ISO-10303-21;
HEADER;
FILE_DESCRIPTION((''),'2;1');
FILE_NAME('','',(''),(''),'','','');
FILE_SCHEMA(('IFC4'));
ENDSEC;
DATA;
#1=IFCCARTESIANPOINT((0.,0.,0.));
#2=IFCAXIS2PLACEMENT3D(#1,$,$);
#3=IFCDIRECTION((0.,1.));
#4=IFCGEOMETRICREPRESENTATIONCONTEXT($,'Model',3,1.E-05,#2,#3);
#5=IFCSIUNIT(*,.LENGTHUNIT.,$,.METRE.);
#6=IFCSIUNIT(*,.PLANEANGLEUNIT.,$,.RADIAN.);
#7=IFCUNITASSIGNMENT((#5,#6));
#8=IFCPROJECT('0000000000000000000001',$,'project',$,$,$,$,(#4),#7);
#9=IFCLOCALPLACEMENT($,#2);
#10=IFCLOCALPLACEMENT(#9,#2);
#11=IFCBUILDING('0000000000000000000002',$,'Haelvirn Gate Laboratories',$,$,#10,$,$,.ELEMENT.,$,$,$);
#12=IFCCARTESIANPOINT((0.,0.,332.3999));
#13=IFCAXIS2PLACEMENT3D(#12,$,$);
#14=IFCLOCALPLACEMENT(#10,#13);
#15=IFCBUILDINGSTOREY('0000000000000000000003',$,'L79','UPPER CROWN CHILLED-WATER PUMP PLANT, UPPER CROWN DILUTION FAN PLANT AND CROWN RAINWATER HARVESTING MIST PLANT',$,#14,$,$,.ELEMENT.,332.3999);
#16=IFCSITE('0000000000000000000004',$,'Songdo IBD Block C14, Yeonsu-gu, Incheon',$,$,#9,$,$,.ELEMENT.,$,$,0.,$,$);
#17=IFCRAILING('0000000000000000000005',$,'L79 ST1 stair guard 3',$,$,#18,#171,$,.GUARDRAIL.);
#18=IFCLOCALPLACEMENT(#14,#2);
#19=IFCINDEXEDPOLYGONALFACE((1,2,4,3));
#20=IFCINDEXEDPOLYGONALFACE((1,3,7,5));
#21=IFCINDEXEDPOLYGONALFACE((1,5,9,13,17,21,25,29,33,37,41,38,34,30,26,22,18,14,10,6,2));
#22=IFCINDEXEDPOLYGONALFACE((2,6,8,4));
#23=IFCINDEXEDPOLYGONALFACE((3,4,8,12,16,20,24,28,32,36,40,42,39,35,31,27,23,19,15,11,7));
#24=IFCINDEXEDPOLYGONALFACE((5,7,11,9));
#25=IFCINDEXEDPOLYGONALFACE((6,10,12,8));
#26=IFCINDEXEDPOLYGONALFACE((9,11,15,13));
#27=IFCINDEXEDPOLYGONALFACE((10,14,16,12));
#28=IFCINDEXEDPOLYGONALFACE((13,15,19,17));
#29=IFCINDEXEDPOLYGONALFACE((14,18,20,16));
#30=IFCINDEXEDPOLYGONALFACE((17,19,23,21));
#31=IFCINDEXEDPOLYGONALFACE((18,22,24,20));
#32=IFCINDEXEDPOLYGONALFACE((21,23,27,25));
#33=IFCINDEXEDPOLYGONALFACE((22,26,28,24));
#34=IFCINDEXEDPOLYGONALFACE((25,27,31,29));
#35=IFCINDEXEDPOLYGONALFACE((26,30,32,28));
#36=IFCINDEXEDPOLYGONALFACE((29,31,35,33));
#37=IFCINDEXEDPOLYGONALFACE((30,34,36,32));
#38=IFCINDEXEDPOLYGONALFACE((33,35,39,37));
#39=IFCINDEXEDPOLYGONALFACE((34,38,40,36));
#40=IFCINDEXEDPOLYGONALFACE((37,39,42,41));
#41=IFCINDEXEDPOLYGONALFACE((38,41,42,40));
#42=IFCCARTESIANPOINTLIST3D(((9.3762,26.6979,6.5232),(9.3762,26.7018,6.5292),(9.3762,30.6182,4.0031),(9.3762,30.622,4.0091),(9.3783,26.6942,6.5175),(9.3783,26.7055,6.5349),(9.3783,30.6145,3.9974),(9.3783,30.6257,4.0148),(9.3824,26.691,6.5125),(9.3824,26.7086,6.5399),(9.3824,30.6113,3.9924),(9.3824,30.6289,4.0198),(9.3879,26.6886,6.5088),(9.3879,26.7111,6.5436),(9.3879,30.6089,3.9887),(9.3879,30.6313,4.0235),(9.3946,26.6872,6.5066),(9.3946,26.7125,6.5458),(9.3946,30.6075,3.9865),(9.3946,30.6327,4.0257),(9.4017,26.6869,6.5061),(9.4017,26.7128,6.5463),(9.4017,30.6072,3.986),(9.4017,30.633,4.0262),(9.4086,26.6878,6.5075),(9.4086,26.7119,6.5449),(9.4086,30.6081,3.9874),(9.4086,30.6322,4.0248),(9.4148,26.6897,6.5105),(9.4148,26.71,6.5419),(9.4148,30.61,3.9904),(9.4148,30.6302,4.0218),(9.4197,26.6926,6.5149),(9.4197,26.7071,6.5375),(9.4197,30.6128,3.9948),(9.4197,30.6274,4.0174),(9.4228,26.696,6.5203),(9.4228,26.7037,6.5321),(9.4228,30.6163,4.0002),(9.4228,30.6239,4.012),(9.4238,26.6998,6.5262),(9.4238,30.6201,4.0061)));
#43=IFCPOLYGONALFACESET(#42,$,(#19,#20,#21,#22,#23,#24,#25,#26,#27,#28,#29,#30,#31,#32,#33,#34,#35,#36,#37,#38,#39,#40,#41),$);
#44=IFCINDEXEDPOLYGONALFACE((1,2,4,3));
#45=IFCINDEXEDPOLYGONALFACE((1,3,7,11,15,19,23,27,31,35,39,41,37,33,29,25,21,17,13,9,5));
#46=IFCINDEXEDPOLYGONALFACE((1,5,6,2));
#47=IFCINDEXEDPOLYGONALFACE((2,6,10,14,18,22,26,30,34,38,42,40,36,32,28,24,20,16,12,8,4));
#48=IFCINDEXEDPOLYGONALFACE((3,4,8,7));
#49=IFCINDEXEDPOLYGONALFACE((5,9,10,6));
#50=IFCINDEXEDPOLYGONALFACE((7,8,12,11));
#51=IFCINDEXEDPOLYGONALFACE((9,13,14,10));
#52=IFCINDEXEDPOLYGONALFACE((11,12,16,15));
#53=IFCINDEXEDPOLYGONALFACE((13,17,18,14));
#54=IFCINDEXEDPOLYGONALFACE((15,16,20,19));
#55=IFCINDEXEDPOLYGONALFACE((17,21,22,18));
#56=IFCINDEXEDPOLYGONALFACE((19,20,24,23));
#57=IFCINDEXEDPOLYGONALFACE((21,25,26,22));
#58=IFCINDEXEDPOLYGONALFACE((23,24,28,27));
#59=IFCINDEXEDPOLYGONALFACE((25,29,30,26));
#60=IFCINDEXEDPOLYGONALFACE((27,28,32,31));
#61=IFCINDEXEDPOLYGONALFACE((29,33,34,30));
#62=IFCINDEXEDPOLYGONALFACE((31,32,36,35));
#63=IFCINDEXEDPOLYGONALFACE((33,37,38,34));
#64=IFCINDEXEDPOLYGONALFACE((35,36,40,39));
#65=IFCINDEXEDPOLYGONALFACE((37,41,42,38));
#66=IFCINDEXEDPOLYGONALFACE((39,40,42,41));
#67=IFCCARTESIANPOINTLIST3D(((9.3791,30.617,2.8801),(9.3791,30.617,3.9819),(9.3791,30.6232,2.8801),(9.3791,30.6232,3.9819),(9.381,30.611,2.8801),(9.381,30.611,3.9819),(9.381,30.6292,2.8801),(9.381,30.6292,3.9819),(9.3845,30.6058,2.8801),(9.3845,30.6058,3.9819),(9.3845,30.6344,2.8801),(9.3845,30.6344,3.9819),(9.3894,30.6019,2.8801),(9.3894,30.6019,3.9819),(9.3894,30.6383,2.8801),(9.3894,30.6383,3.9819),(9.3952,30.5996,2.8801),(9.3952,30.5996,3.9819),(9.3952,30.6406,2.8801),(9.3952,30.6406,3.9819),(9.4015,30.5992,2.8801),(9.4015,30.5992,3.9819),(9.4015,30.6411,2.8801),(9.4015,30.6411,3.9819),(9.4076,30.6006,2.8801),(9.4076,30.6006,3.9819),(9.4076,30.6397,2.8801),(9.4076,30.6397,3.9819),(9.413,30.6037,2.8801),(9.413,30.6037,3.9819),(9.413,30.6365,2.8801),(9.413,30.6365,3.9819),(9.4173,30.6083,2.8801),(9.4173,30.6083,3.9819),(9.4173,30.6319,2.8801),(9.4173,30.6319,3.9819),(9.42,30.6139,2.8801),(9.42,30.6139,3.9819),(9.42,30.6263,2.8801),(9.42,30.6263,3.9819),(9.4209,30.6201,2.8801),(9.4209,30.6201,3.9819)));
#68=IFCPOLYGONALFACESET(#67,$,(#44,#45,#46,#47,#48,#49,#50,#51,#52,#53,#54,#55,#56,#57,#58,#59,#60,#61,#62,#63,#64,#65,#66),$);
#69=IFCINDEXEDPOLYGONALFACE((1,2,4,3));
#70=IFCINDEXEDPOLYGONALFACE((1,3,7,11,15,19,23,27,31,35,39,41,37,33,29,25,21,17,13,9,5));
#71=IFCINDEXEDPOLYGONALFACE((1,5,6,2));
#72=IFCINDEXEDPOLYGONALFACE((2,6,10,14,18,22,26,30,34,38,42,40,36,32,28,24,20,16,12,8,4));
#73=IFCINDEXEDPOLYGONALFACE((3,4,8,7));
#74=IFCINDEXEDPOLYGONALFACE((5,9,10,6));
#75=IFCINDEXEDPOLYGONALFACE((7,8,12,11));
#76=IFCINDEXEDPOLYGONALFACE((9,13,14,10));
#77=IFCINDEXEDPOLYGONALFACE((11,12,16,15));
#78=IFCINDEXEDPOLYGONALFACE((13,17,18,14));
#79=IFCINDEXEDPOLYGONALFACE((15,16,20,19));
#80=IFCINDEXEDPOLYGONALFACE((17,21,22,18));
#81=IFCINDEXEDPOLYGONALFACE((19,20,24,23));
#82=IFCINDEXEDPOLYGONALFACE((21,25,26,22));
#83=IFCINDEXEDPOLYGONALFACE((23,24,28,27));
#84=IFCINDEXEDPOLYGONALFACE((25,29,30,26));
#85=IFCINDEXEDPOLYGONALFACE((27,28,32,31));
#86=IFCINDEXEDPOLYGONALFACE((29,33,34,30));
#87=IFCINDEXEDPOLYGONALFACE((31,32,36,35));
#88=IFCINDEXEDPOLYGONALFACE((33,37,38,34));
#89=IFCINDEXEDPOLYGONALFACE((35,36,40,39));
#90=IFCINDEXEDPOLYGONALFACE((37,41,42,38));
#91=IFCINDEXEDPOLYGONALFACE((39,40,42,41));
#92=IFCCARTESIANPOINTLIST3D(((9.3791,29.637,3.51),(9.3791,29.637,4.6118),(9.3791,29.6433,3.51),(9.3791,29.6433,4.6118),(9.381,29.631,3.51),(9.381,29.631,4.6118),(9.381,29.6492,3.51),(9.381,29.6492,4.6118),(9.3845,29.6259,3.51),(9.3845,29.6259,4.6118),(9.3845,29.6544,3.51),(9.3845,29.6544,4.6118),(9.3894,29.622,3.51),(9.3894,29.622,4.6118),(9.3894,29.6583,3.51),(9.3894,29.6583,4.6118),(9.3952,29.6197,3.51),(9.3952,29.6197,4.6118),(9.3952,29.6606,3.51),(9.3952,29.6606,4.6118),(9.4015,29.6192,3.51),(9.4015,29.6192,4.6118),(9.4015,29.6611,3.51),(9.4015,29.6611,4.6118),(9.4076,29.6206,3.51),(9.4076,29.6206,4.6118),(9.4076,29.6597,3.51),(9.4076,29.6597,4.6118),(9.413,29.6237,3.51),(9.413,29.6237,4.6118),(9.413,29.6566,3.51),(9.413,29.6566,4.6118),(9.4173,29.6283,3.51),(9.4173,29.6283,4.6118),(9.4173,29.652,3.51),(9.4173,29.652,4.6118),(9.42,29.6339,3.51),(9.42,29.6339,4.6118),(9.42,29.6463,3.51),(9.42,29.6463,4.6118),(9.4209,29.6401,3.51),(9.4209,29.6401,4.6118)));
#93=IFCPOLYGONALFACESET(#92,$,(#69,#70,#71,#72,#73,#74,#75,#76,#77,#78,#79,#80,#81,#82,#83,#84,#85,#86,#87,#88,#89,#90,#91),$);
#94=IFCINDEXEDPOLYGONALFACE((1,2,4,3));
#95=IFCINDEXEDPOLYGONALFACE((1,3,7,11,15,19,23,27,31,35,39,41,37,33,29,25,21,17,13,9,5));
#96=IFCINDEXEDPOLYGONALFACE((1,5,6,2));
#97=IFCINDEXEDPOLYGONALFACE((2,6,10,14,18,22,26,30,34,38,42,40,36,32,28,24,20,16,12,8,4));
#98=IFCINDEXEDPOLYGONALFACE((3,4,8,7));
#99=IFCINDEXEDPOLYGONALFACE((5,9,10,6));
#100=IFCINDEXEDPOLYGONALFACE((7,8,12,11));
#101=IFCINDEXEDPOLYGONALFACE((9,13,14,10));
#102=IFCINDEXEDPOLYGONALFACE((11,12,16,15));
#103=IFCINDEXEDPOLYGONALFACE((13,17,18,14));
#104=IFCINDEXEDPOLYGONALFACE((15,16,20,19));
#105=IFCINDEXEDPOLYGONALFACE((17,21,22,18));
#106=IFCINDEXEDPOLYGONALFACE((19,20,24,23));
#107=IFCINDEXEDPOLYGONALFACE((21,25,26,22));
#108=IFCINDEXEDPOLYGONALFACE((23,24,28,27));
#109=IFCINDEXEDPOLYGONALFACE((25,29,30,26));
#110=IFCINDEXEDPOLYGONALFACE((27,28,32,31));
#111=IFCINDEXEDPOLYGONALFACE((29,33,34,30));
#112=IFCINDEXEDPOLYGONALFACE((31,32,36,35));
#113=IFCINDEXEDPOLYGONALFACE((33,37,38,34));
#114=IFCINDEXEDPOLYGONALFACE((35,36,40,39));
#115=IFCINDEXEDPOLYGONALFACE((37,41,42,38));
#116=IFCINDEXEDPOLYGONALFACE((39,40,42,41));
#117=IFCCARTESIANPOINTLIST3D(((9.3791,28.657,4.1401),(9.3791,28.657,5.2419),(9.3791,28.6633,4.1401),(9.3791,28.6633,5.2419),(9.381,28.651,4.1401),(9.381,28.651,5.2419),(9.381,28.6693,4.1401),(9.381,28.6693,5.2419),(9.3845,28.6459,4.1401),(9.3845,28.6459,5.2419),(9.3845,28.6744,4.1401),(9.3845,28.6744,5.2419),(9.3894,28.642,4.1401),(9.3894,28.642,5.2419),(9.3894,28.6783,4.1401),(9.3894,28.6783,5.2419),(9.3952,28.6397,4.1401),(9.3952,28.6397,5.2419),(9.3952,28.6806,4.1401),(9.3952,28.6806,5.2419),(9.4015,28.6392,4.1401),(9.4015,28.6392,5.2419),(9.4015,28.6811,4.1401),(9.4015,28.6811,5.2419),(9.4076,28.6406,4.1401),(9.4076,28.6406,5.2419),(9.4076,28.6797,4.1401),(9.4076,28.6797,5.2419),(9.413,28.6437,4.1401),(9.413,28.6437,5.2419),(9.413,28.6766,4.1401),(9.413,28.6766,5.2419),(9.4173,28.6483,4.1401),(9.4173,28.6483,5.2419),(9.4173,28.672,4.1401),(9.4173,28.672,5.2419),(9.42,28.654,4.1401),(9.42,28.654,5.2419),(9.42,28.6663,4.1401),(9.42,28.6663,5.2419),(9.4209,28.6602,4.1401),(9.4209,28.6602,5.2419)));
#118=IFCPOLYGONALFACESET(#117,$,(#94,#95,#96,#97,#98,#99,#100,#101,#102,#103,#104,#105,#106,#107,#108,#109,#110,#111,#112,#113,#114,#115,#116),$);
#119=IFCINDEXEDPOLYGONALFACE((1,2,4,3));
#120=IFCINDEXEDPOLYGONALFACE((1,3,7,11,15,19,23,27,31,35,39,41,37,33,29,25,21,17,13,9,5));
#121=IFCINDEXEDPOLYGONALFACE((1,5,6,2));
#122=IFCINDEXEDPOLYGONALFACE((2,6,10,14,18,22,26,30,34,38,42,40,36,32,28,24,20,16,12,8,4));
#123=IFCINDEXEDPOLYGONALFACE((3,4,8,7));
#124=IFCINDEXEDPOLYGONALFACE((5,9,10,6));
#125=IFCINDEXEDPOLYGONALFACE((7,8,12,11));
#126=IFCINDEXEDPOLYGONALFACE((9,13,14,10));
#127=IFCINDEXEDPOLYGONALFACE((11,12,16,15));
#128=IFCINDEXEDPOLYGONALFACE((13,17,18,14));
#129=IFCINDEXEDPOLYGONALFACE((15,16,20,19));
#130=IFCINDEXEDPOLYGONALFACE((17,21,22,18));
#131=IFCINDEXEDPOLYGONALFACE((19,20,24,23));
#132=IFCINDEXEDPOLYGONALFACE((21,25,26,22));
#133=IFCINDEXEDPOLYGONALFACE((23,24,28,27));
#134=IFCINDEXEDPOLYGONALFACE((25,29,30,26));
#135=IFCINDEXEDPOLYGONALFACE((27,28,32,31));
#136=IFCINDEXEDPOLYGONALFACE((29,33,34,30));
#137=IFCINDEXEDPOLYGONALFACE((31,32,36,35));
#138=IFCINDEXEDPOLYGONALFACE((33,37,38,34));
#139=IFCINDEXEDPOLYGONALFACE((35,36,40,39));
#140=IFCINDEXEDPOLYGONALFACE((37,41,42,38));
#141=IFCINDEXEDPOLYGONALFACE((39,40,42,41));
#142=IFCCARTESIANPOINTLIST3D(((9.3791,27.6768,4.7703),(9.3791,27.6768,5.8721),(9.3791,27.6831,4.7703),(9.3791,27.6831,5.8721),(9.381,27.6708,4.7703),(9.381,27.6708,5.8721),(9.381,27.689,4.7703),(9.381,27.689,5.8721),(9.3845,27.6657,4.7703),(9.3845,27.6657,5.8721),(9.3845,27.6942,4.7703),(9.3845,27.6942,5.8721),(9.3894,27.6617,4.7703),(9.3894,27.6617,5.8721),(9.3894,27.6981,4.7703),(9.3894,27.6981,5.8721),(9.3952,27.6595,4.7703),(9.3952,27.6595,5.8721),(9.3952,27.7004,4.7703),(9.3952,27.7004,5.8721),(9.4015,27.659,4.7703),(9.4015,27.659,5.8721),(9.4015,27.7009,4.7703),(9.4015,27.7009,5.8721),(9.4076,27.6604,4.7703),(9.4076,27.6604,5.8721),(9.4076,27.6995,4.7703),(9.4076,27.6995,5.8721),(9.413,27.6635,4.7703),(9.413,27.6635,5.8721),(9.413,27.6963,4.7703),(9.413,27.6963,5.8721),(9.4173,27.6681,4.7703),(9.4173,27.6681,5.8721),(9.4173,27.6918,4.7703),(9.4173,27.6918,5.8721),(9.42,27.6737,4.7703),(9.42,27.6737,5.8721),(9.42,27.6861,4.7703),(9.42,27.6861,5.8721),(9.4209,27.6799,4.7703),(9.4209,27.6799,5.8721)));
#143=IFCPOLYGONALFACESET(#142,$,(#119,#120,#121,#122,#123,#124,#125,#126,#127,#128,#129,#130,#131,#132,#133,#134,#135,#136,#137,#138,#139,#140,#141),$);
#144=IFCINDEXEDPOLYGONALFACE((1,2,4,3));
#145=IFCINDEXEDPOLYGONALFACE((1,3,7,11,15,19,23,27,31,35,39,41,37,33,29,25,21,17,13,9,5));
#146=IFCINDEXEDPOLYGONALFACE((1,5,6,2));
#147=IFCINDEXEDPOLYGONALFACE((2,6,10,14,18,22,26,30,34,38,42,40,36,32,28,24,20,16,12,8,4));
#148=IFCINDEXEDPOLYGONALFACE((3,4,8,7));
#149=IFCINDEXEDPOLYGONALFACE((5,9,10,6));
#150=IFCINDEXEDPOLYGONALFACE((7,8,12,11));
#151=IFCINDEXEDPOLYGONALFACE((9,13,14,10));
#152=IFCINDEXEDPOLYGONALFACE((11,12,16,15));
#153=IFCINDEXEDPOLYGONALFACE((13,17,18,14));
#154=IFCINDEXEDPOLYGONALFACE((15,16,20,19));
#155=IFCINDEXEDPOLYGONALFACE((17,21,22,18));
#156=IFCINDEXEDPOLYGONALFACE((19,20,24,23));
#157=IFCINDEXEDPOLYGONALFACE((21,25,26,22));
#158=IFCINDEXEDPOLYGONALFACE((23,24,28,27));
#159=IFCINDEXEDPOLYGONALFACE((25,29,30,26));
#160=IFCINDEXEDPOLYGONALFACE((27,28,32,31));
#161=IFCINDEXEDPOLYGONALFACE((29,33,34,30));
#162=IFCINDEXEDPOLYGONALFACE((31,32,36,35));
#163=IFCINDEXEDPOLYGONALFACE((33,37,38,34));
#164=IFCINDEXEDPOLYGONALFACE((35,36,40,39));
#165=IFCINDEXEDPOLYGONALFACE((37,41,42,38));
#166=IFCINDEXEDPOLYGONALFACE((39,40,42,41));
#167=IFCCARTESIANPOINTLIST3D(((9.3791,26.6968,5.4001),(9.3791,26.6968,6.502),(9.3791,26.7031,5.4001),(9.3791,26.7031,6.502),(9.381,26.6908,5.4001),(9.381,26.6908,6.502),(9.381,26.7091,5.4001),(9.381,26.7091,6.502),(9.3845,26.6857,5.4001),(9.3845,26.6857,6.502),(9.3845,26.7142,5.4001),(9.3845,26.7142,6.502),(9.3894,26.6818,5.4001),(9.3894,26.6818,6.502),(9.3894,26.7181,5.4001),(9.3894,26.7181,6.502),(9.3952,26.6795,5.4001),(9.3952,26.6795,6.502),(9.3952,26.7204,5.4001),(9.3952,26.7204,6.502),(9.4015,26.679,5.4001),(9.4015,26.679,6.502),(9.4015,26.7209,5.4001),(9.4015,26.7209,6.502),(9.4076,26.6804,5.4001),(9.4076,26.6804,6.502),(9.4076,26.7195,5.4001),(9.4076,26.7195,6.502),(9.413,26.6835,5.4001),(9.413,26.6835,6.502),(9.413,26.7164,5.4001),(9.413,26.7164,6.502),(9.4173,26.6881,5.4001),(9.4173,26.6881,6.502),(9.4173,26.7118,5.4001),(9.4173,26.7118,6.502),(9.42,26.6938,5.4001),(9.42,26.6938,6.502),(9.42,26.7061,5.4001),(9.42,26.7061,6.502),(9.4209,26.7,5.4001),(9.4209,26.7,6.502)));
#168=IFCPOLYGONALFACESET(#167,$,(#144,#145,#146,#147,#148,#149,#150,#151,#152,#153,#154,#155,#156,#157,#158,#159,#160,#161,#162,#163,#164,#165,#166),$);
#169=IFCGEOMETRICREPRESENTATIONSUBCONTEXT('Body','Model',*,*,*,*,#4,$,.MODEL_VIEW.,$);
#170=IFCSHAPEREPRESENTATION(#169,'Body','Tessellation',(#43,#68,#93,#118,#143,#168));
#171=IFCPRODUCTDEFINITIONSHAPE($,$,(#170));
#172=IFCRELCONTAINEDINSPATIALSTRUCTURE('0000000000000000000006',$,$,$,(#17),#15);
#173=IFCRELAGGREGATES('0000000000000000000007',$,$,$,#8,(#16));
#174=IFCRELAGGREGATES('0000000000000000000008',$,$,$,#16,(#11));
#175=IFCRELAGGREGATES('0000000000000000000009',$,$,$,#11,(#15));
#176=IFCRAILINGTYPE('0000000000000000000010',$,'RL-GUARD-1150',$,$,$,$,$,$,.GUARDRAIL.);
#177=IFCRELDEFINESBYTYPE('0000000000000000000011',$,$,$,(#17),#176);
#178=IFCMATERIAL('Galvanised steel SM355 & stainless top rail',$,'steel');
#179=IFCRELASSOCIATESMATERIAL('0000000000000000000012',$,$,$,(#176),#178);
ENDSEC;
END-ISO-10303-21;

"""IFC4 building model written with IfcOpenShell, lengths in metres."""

from ifc_helpers import new_model, si_unit, direction, frame, origin, origin_2d, place, context, subcontext, project, spatial, circle, extrude, source, transform, mapped, material, type_object, element, save


model = new_model("IFC4")

# Units and contexts
model_context = context("Model", 3, precision=1e-05, world=origin(), true_north=direction((0.0, 1.0)))
body_context = subcontext(model_context, "Body", "Model", "MODEL_VIEW")
ifc_project = project(units=[si_unit("LENGTHUNIT", "METRE"), si_unit("PLANEANGLEUNIT", "RADIAN")], contexts=[model_context])

# Site, building, storey
site_placement = place(None, origin())
site = spatial("IfcSite", under=ifc_project, at=site_placement, Name="Songdo IBD Block C14, Yeonsu-gu, Incheon", CompositionType="ELEMENT", RefElevation=0.0)
building_placement = place(site_placement, origin())
building = spatial("IfcBuilding", under=site, at=building_placement, Name="Haelvirn Gate Laboratories", CompositionType="ELEMENT")
storey_placement = place(building_placement, frame((0.0, 0.0, 332.3999)))
storey = spatial("IfcBuildingStorey", under=building, at=storey_placement, Name="L79", Description="UPPER CROWN CHILLED-WATER PUMP PLANT, UPPER CROWN DILUTION FAN PLANT AND CROWN RAINWATER HARVESTING MIST PLANT", CompositionType="ELEMENT", Elevation=332.3999)

# Railing
ifc_material_1 = material(Name="Galvanised steel SM355 & stainless top rail", Category="steel")
railing_type_1 = type_object("IfcRailingType", Name="RL-GUARD-1150", PredefinedType="GUARDRAIL", material=ifc_material_1)
shared_shape_1 = source(origin(), body_context, "Body", "SweptSolid", [
    extrude(circle(Radius=0.0239, at=origin_2d()), frame((0.0, 0.0, 1.126), z_axis=(0.0, -0.841187, 0.540744), x_axis=(1.0, 0.0, 0.0)), (0.0, 0.0, 1.0), 4.6604),
    extrude(circle(Radius=0.021, at=origin_2d()), origin(), (0.0, 0.0, 1.0), 1.1018),
    extrude(circle(Radius=0.021, at=origin_2d()), frame((0.0, -0.98, 0.6299)), (0.0, 0.0, 1.0), 1.1018),
    extrude(circle(Radius=0.021, at=origin_2d()), frame((0.0, -1.96, 1.26)), (0.0, 0.0, 1.0), 1.1018),
    extrude(circle(Radius=0.021, at=origin_2d()), frame((0.0, -2.9402, 1.8901)), (0.0, 0.0, 1.0), 1.1018),
    extrude(circle(Radius=0.021, at=origin_2d()), frame((0.0, -3.9202, 2.52)), (0.0, 0.0, 1.0), 1.1018),
])
railing_1_placement = place(storey_placement, frame((9.3999, 30.6201, 2.8801)))
element("IfcRailing", 1, at=railing_1_placement, inside=storey, type_object=railing_type_1, Name="L79 ST1 stair guard 3", PredefinedType="GUARDRAIL", context=body_context, shape_type="MappedRepresentation", body=[
    mapped(shared_shape_1, transform((0.0, 0.0, 0.0), scale=1.0)),
])

save(model, "model.ifc")
